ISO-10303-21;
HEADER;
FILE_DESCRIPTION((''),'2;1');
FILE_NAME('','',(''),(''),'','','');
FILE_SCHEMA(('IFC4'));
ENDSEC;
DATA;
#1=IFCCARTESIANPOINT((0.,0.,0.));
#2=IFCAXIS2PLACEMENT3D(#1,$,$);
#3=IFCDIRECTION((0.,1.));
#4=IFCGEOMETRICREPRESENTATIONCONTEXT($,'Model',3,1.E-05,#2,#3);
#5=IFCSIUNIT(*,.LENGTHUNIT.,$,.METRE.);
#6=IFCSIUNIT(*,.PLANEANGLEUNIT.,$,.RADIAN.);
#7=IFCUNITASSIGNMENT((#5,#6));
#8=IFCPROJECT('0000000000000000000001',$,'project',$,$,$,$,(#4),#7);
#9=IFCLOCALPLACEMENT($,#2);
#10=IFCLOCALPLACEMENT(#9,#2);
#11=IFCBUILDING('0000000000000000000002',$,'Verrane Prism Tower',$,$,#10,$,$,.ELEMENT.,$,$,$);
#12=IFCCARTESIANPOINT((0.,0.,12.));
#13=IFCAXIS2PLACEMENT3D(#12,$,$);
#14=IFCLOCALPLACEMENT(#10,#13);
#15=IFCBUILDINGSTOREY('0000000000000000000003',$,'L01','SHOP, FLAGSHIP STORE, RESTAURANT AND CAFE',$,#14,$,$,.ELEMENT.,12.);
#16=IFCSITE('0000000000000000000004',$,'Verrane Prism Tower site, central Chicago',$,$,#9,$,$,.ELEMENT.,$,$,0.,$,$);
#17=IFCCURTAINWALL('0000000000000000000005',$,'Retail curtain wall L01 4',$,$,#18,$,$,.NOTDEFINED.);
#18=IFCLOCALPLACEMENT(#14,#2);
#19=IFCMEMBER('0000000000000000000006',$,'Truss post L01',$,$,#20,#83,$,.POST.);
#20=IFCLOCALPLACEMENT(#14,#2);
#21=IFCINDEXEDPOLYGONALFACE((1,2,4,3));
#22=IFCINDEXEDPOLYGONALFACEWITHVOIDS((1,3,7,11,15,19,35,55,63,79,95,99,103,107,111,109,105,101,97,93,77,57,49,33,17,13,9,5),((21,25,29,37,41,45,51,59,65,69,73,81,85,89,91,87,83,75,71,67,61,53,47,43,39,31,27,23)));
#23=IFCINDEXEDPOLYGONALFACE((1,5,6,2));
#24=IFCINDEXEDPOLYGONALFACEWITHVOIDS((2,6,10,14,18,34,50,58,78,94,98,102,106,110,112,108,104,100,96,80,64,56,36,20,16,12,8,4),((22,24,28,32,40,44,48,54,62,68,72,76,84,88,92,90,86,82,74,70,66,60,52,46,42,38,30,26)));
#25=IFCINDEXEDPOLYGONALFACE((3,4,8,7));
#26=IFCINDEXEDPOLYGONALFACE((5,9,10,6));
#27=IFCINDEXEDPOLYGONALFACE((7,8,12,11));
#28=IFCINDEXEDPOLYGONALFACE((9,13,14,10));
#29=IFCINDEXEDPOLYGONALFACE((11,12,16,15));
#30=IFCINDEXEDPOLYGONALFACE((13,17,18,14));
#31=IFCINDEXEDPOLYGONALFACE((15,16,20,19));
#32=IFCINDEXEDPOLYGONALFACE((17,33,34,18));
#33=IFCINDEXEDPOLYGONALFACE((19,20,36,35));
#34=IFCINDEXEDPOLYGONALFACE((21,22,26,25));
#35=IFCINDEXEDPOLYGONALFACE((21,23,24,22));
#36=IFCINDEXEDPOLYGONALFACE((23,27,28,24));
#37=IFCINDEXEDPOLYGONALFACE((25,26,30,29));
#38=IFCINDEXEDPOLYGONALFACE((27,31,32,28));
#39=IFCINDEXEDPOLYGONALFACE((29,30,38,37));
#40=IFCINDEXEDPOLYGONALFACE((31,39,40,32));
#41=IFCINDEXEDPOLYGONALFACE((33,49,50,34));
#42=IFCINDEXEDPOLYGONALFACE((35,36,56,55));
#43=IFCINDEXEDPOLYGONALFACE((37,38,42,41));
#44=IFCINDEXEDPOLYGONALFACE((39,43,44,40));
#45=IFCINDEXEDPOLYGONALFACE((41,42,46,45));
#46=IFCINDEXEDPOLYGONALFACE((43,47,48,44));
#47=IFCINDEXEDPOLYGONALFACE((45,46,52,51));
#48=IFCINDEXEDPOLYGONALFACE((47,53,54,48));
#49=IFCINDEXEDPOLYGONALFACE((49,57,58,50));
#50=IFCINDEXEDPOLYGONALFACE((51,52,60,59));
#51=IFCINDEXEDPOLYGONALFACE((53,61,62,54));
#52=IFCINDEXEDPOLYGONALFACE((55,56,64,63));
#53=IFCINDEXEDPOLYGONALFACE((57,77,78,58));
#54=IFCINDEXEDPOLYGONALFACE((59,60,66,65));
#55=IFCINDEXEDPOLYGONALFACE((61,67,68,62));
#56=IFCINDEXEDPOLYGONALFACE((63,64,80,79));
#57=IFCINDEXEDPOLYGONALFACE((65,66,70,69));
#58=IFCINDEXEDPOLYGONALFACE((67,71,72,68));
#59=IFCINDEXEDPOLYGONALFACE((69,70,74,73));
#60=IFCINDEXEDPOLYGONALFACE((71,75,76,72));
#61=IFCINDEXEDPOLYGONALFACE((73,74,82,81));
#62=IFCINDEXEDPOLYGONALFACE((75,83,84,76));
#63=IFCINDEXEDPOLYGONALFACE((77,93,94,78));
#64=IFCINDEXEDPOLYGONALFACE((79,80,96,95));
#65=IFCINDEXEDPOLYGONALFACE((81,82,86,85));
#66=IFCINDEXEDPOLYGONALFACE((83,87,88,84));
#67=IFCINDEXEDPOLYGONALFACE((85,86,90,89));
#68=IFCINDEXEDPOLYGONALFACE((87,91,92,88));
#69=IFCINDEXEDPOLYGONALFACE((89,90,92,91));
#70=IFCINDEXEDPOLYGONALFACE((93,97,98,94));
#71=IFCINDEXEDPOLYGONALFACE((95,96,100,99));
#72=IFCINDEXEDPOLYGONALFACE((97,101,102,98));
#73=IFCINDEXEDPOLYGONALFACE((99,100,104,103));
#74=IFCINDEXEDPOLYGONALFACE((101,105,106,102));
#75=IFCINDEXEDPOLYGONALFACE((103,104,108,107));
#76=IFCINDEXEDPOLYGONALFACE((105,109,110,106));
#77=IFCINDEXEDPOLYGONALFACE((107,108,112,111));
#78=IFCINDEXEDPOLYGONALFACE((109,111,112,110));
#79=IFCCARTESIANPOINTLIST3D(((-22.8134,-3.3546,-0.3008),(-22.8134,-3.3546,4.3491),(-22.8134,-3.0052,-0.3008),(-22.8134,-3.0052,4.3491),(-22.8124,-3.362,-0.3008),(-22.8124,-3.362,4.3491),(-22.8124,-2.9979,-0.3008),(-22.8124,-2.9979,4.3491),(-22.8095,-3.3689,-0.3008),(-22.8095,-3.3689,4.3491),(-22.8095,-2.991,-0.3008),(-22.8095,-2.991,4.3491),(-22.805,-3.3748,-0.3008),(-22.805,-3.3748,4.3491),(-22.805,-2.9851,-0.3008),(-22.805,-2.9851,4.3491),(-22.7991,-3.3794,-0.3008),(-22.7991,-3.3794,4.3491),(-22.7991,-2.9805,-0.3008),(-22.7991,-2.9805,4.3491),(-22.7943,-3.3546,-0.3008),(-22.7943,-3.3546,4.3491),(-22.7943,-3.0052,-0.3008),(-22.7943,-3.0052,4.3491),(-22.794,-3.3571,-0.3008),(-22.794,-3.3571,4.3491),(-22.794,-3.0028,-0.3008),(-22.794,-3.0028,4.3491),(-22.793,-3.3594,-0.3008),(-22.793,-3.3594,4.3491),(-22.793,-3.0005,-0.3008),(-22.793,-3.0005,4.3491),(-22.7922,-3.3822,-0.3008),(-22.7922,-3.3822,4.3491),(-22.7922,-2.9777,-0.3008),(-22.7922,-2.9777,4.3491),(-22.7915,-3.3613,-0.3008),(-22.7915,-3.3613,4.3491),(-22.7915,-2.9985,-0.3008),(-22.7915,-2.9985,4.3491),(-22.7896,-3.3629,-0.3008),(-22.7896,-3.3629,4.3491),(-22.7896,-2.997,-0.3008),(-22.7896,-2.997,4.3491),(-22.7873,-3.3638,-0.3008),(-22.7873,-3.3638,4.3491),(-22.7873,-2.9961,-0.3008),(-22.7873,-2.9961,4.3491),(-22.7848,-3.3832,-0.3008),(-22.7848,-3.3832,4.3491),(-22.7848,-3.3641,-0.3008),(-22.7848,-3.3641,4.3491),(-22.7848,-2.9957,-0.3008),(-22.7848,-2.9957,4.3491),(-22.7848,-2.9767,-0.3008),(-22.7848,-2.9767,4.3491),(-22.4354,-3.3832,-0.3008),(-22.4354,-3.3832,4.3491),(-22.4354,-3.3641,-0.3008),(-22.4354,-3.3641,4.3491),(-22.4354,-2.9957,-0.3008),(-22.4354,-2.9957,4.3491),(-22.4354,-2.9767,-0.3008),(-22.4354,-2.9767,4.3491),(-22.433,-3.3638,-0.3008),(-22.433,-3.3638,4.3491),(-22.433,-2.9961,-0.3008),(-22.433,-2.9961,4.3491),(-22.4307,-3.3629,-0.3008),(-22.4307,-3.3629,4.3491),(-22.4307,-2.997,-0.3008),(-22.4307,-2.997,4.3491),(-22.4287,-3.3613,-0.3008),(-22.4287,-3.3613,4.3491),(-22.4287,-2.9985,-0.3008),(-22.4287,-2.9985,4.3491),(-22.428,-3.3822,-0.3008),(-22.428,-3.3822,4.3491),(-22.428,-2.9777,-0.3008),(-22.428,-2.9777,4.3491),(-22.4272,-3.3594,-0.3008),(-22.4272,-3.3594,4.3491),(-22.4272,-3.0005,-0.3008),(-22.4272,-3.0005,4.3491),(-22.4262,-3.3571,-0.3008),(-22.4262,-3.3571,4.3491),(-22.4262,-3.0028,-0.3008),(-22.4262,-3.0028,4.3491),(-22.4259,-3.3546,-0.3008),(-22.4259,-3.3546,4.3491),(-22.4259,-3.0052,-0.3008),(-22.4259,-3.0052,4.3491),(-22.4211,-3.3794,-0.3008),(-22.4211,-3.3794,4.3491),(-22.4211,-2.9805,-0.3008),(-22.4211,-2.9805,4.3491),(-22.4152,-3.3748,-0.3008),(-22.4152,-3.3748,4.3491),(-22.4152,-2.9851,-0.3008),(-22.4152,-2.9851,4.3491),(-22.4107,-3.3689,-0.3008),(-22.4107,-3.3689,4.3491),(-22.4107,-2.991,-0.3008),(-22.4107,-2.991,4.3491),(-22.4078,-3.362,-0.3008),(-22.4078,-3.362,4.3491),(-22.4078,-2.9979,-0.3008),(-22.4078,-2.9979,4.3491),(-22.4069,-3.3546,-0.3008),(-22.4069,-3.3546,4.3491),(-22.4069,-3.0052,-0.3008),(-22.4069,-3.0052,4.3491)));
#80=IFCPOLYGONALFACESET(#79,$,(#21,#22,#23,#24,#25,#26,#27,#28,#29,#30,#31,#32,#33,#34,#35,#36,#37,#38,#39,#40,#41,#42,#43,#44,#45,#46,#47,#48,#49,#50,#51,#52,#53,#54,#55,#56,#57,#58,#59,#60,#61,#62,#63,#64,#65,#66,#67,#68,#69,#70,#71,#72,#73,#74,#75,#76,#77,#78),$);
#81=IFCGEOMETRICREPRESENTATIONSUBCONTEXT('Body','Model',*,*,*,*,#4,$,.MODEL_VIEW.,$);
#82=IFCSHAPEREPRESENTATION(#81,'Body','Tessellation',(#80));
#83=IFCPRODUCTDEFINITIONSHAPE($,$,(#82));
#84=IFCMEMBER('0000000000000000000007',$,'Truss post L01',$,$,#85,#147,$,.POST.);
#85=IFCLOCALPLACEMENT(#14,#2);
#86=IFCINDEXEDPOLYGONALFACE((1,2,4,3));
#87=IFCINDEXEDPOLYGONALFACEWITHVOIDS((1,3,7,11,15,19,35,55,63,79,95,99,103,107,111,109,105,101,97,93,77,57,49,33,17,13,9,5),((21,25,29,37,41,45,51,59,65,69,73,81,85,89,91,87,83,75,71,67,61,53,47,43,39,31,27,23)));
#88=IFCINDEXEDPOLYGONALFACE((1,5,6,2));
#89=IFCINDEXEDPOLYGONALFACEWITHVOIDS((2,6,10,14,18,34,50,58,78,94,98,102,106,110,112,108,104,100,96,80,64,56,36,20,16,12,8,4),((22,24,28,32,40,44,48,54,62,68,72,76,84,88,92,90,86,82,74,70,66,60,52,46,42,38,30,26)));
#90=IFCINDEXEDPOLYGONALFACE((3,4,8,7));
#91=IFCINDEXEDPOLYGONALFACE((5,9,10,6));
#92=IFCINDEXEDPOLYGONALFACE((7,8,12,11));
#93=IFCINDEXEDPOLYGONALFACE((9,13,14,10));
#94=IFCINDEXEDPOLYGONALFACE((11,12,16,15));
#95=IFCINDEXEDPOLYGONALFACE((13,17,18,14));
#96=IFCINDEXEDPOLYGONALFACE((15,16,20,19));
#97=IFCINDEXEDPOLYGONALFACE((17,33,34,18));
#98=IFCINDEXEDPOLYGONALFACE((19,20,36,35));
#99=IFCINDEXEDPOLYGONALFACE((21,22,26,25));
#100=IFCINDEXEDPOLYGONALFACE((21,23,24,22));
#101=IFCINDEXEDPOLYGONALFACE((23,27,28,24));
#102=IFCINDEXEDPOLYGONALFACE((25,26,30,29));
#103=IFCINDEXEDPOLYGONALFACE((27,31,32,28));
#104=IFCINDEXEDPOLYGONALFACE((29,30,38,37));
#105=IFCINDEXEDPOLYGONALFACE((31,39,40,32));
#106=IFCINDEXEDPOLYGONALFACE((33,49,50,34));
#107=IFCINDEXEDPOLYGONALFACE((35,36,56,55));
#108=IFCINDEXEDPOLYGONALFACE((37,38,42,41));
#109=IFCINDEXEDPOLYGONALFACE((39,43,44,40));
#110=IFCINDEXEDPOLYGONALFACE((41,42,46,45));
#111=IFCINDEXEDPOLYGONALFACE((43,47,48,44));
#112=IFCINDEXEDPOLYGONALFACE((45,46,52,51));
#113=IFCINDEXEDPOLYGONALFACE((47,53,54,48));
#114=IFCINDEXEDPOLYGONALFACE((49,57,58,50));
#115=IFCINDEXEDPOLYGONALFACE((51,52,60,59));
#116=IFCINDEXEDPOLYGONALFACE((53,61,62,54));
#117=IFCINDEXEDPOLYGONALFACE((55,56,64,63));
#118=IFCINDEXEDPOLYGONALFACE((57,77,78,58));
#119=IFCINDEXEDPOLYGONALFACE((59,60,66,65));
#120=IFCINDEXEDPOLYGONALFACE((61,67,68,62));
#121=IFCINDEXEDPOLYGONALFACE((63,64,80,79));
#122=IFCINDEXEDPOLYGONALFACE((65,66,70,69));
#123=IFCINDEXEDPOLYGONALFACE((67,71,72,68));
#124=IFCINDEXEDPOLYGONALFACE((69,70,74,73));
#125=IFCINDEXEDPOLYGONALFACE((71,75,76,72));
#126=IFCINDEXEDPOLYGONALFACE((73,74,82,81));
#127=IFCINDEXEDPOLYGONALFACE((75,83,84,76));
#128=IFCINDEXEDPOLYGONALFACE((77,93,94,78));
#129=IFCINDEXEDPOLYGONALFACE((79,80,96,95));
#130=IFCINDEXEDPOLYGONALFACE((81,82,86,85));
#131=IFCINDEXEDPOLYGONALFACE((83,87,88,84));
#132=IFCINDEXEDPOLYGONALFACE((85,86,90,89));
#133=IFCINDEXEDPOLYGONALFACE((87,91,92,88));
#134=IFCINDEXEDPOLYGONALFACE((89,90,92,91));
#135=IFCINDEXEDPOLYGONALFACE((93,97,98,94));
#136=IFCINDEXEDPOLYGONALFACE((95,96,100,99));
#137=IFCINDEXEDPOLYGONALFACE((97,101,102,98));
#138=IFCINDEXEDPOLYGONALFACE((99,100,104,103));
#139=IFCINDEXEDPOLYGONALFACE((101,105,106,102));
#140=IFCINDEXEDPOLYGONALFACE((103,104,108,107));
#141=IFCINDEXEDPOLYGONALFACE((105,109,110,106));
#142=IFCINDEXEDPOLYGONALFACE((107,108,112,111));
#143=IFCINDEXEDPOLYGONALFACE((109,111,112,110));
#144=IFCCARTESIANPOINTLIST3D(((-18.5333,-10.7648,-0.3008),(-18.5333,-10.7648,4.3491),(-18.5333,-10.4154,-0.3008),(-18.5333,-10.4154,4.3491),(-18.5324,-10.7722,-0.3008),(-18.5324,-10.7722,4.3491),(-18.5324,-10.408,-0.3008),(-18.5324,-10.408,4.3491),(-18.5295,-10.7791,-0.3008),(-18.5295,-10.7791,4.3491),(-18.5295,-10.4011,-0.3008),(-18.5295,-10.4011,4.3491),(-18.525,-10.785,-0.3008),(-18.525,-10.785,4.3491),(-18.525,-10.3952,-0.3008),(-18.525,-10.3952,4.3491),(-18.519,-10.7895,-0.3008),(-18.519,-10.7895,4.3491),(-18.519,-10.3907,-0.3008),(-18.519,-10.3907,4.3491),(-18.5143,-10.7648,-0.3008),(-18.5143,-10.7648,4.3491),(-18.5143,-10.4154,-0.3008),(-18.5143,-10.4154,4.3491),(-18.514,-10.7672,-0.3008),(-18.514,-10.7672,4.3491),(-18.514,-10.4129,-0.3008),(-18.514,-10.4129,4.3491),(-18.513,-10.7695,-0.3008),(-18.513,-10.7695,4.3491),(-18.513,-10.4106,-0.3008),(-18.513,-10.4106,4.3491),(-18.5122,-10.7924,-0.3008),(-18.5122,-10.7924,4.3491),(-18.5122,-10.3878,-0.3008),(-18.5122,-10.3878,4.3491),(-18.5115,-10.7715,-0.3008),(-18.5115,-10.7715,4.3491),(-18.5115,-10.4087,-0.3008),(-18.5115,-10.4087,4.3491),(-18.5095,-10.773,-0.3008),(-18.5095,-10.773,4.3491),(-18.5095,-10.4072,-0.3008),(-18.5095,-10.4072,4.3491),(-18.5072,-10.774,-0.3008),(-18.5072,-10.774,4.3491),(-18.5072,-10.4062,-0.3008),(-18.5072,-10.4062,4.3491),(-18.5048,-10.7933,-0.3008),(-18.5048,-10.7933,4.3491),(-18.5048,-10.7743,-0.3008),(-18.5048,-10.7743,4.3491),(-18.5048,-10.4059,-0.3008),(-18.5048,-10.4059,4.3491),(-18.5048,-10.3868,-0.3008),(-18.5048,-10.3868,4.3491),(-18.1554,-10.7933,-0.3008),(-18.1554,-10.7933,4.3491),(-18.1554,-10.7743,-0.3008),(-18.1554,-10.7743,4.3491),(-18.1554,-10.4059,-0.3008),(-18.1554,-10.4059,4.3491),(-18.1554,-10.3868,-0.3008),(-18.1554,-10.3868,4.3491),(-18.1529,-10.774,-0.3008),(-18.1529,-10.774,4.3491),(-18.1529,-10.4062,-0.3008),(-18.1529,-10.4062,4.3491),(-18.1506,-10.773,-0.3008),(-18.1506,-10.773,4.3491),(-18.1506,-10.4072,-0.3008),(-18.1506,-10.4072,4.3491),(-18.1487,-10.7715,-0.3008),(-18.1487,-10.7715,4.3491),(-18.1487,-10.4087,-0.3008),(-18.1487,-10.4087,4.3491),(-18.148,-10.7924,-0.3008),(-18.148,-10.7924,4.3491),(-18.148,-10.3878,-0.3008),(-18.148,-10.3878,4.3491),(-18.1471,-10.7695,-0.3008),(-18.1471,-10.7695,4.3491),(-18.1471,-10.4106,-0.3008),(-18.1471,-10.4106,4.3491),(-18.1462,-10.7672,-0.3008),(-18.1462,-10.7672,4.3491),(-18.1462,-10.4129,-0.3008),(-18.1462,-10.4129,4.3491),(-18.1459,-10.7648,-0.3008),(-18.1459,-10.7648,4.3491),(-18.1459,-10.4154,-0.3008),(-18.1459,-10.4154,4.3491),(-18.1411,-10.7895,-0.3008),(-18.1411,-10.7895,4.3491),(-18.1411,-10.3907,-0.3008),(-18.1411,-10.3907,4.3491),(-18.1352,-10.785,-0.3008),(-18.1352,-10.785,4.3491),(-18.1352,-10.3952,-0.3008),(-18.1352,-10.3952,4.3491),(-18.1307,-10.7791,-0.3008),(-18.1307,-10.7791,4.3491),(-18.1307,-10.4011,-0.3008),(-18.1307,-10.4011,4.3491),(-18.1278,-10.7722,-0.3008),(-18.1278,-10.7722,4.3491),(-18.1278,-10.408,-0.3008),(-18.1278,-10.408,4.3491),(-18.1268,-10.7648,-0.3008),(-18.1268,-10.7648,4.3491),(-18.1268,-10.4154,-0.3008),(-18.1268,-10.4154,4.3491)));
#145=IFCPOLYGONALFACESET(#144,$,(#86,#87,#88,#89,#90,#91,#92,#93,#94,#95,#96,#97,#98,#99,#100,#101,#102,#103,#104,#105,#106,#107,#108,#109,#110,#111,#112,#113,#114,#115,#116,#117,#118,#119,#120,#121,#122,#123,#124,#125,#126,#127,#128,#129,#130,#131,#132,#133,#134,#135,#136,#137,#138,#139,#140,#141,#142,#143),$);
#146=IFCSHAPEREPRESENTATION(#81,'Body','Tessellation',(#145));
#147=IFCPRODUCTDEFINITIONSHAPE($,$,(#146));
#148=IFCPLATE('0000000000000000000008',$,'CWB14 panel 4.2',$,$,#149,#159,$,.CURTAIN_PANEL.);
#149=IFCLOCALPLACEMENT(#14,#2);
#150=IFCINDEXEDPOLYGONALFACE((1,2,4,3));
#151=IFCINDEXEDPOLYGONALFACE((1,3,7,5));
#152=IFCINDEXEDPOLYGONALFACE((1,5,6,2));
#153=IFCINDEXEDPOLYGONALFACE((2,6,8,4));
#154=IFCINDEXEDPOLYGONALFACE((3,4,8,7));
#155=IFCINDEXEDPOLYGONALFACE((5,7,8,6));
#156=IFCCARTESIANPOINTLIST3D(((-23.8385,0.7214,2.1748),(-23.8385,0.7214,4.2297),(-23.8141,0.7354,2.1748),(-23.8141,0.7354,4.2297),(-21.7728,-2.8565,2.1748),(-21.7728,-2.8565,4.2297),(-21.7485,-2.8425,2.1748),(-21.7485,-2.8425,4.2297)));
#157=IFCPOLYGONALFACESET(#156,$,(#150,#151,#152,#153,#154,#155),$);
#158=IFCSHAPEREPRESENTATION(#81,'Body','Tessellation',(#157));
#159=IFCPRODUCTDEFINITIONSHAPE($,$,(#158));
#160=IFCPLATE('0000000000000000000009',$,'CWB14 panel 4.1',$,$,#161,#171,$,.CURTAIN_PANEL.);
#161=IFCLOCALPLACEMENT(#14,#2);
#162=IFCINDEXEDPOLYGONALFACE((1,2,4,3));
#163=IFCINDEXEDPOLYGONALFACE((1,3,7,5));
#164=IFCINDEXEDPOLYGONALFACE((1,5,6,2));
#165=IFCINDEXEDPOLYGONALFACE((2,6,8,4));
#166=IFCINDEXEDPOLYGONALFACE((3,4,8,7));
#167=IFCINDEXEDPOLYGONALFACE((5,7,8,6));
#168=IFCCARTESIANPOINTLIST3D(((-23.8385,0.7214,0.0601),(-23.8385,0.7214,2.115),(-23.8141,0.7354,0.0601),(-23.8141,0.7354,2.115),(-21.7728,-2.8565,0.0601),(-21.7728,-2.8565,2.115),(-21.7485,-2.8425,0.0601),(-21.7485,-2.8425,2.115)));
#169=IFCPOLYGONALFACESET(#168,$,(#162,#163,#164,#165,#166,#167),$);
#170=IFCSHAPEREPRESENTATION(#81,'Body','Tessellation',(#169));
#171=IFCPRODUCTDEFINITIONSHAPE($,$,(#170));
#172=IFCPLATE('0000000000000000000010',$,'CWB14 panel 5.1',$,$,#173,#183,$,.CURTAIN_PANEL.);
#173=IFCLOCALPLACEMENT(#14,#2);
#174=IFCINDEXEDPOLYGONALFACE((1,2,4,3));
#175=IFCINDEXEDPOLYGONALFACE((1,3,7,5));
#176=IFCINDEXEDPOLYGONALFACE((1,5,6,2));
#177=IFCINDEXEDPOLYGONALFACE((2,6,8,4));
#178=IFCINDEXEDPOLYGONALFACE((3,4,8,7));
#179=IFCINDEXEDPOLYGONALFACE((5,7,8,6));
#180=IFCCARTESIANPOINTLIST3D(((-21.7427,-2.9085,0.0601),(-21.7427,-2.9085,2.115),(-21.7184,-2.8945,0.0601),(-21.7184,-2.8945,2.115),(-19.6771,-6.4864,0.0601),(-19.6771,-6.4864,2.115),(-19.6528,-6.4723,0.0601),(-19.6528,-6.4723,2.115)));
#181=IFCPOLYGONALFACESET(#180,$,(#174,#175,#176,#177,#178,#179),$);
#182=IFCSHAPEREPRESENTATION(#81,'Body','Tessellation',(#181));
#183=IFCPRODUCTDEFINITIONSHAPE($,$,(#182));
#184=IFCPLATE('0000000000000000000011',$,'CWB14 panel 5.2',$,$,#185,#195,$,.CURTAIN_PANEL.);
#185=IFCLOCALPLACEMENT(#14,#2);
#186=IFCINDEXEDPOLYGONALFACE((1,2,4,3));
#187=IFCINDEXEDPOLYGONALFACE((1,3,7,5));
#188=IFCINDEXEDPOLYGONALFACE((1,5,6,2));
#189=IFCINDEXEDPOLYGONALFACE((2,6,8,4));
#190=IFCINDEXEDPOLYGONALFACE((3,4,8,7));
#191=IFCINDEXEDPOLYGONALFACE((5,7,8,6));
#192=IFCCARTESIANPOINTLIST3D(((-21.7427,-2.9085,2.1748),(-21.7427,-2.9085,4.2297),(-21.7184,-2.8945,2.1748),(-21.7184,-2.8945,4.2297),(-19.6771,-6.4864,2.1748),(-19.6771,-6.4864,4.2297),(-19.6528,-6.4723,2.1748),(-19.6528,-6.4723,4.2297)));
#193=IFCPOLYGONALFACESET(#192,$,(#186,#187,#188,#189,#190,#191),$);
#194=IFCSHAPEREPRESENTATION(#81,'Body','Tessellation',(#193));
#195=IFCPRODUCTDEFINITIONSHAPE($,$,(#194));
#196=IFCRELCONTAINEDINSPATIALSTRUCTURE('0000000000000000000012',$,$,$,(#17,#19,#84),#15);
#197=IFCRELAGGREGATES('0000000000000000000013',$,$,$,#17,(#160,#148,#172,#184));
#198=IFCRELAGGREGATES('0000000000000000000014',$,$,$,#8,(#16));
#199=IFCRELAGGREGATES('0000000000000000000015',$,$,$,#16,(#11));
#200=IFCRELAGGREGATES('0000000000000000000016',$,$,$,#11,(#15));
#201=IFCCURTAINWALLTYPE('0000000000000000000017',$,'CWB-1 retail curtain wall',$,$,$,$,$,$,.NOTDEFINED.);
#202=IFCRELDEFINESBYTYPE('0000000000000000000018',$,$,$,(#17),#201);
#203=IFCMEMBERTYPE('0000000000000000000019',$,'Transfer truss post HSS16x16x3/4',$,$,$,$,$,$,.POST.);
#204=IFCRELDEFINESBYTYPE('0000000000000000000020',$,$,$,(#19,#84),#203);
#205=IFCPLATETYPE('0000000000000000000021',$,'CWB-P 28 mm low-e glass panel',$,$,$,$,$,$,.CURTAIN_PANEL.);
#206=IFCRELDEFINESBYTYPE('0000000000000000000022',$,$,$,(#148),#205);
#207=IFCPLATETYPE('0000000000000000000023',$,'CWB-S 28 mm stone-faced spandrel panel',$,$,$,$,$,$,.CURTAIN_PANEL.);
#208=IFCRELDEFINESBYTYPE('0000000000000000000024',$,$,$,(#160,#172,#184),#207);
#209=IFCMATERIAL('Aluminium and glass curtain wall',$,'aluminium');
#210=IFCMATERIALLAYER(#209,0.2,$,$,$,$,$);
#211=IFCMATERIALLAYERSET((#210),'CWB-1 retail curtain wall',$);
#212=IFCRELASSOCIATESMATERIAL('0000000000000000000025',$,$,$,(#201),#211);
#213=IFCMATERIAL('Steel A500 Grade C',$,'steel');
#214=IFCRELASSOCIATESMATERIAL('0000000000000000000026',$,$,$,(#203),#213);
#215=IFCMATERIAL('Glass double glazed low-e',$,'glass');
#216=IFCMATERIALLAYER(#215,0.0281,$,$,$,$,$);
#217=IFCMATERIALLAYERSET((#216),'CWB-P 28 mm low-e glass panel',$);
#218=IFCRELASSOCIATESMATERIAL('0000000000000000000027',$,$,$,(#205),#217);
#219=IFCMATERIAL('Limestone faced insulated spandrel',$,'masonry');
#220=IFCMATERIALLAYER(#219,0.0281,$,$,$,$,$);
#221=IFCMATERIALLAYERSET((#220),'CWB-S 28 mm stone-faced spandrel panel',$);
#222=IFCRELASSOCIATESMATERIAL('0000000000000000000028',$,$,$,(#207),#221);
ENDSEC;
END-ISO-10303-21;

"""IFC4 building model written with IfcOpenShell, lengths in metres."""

from ifc_helpers import new_model, si_unit, direction, frame, origin, origin_2d, place, context, subcontext, project, spatial, rectangle, hollow_rectangle, extrude, material, layer, layer_set, material_profile, profile_set, type_object, element, aggregate, save


model = new_model("IFC4")

# Units and contexts
model_context = context("Model", 3, precision=1e-05, world=origin(), true_north=direction((0.0, 1.0)))
body_context = subcontext(model_context, "Body", "Model", "MODEL_VIEW")
ifc_project = project(units=[si_unit("LENGTHUNIT", "METRE"), si_unit("PLANEANGLEUNIT", "RADIAN")], contexts=[model_context])

# Site, building, storey
site_placement = place(None, origin())
site = spatial("IfcSite", under=ifc_project, at=site_placement, Name="Verrane Prism Tower site, central Chicago", CompositionType="ELEMENT", RefElevation=0.0)
building_placement = place(site_placement, origin())
building = spatial("IfcBuilding", under=site, at=building_placement, Name="Verrane Prism Tower", CompositionType="ELEMENT")
storey_placement = place(building_placement, frame((0.0, 0.0, 12.0)))
storey = spatial("IfcBuildingStorey", under=building, at=storey_placement, Name="L01", Description="SHOP, FLAGSHIP STORE, RESTAURANT AND CAFE", CompositionType="ELEMENT", Elevation=12.0)

# Curtain wall
ifc_material_1 = material(Name="Aluminium and glass curtain wall", Category="aluminium")
ifc_layer_1 = layer(ifc_material_1, 0.2)
ifc_layer_set_1 = layer_set([ifc_layer_1], Name="CWB-1 retail curtain wall")
curtain_wall_type = type_object("IfcCurtainWallType", Name="CWB-1 retail curtain wall", PredefinedType="NOTDEFINED", material=ifc_layer_set_1)
curtain_wall_placement = place(storey_placement, origin())
curtain_wall = element("IfcCurtainWall", 1, at=curtain_wall_placement, inside=storey, type_object=curtain_wall_type, Name="Retail curtain wall L01 4", PredefinedType="NOTDEFINED")

# Members
ifc_material_2 = material(Name="Steel A500 Grade C", Category="steel")
ifc_material_profile_1 = material_profile(ifc_material_2, hollow_rectangle(XDim=0.4065, YDim=0.4065, WallThickness=0.019, InnerFilletRadius=0.0095, OuterFilletRadius=0.0286, at=origin_2d()), Name="HSS16x16x3/4")
ifc_profile_set_1 = profile_set([ifc_material_profile_1], Name="Steel A500 Grade C")
member_type_1 = type_object("IfcMemberType", Name="Transfer truss post HSS16x16x3/4", PredefinedType="POST", material=ifc_profile_set_1)
for number, where, z_axis, x_axis, name in (
    (2, (-22.6101, -3.1799, -0.3008), (0.0, 0.0, 1.0), (1.0, 0.0, 0.0), "Truss post L01"),
    (3, (-18.3301, -10.5901, -0.3008), (0.0, 0.0, 1.0), (1.0, 0.0, 0.0), "Truss post L01"),
):
    element("IfcMember", number, at=place(storey_placement, frame(where, z_axis=z_axis, x_axis=x_axis)), inside=storey, type_object=member_type_1, Name=name, PredefinedType="POST", context=body_context, shape_type="SweptSolid", body=[
        extrude(hollow_rectangle(XDim=0.4065, YDim=0.4065, WallThickness=0.019, InnerFilletRadius=0.0095, OuterFilletRadius=0.0286, at=origin_2d()), origin(), (0.0, 0.0, 1.0), 4.6499),
    ])

# Plates
ifc_material_3 = material(Name="Glass double glazed low-e", Category="glass")
ifc_layer_2 = layer(ifc_material_3, 0.0281)
ifc_layer_set_2 = layer_set([ifc_layer_2], Name="CWB-P 28 mm low-e glass panel")
plate_type_1 = type_object("IfcPlateType", Name="CWB-P 28 mm low-e glass panel", PredefinedType="CURTAIN_PANEL", material=ifc_layer_set_2)
plate_1_placement = place(storey_placement, frame((-22.7935, -1.0605, 2.1748), z_axis=(0.0, 0.0, 1.0), x_axis=(0.5, -0.866025, 0.0)))
plate_1 = element("IfcPlate", 4, at=plate_1_placement, type_object=plate_type_1, Name="CWB14 panel 4.2", PredefinedType="CURTAIN_PANEL", context=body_context, shape_type="SweptSolid", body=[
    extrude(rectangle(XDim=4.1313, YDim=0.0281, at=origin_2d()), origin(), (0.0, 0.0, 1.0), 2.0549),
])
ifc_material_4 = material(Name="Limestone faced insulated spandrel", Category="masonry")
ifc_layer_3 = layer(ifc_material_4, 0.0281)
ifc_layer_set_3 = layer_set([ifc_layer_3], Name="CWB-S 28 mm stone-faced spandrel panel")
plate_type_2 = type_object("IfcPlateType", Name="CWB-S 28 mm stone-faced spandrel panel", PredefinedType="CURTAIN_PANEL", material=ifc_layer_set_3)
plate_2_placement = place(storey_placement, frame((-22.7935, -1.0605, 0.0601), z_axis=(0.0, 0.0, 1.0), x_axis=(0.5, -0.866025, 0.0)))
plate_2 = element("IfcPlate", 5, at=plate_2_placement, type_object=plate_type_2, Name="CWB14 panel 4.1", PredefinedType="CURTAIN_PANEL", context=body_context, shape_type="SweptSolid", body=[
    extrude(rectangle(XDim=4.1313, YDim=0.0281, at=origin_2d()), origin(), (0.0, 0.0, 1.0), 2.0549),
])
plate_3_placement = place(storey_placement, frame((-20.6978, -4.6904, 0.0601), z_axis=(0.0, 0.0, 1.0), x_axis=(0.5, -0.866025, 0.0)))
plate_3 = element("IfcPlate", 6, at=plate_3_placement, type_object=plate_type_2, Name="CWB14 panel 5.1", PredefinedType="CURTAIN_PANEL", context=body_context, shape_type="SweptSolid", body=[
    extrude(rectangle(XDim=4.1313, YDim=0.0281, at=origin_2d()), origin(), (0.0, 0.0, 1.0), 2.0549),
])
plate_4_placement = place(storey_placement, frame((-20.6978, -4.6904, 2.1748), z_axis=(0.0, 0.0, 1.0), x_axis=(0.5, -0.866025, 0.0)))
plate_4 = element("IfcPlate", 7, at=plate_4_placement, type_object=plate_type_2, Name="CWB14 panel 5.2", PredefinedType="CURTAIN_PANEL", context=body_context, shape_type="SweptSolid", body=[
    extrude(rectangle(XDim=4.1313, YDim=0.0281, at=origin_2d()), origin(), (0.0, 0.0, 1.0), 2.0549),
])
aggregate(curtain_wall, [plate_2, plate_1, plate_3, plate_4])

save(model, "model.ifc")
